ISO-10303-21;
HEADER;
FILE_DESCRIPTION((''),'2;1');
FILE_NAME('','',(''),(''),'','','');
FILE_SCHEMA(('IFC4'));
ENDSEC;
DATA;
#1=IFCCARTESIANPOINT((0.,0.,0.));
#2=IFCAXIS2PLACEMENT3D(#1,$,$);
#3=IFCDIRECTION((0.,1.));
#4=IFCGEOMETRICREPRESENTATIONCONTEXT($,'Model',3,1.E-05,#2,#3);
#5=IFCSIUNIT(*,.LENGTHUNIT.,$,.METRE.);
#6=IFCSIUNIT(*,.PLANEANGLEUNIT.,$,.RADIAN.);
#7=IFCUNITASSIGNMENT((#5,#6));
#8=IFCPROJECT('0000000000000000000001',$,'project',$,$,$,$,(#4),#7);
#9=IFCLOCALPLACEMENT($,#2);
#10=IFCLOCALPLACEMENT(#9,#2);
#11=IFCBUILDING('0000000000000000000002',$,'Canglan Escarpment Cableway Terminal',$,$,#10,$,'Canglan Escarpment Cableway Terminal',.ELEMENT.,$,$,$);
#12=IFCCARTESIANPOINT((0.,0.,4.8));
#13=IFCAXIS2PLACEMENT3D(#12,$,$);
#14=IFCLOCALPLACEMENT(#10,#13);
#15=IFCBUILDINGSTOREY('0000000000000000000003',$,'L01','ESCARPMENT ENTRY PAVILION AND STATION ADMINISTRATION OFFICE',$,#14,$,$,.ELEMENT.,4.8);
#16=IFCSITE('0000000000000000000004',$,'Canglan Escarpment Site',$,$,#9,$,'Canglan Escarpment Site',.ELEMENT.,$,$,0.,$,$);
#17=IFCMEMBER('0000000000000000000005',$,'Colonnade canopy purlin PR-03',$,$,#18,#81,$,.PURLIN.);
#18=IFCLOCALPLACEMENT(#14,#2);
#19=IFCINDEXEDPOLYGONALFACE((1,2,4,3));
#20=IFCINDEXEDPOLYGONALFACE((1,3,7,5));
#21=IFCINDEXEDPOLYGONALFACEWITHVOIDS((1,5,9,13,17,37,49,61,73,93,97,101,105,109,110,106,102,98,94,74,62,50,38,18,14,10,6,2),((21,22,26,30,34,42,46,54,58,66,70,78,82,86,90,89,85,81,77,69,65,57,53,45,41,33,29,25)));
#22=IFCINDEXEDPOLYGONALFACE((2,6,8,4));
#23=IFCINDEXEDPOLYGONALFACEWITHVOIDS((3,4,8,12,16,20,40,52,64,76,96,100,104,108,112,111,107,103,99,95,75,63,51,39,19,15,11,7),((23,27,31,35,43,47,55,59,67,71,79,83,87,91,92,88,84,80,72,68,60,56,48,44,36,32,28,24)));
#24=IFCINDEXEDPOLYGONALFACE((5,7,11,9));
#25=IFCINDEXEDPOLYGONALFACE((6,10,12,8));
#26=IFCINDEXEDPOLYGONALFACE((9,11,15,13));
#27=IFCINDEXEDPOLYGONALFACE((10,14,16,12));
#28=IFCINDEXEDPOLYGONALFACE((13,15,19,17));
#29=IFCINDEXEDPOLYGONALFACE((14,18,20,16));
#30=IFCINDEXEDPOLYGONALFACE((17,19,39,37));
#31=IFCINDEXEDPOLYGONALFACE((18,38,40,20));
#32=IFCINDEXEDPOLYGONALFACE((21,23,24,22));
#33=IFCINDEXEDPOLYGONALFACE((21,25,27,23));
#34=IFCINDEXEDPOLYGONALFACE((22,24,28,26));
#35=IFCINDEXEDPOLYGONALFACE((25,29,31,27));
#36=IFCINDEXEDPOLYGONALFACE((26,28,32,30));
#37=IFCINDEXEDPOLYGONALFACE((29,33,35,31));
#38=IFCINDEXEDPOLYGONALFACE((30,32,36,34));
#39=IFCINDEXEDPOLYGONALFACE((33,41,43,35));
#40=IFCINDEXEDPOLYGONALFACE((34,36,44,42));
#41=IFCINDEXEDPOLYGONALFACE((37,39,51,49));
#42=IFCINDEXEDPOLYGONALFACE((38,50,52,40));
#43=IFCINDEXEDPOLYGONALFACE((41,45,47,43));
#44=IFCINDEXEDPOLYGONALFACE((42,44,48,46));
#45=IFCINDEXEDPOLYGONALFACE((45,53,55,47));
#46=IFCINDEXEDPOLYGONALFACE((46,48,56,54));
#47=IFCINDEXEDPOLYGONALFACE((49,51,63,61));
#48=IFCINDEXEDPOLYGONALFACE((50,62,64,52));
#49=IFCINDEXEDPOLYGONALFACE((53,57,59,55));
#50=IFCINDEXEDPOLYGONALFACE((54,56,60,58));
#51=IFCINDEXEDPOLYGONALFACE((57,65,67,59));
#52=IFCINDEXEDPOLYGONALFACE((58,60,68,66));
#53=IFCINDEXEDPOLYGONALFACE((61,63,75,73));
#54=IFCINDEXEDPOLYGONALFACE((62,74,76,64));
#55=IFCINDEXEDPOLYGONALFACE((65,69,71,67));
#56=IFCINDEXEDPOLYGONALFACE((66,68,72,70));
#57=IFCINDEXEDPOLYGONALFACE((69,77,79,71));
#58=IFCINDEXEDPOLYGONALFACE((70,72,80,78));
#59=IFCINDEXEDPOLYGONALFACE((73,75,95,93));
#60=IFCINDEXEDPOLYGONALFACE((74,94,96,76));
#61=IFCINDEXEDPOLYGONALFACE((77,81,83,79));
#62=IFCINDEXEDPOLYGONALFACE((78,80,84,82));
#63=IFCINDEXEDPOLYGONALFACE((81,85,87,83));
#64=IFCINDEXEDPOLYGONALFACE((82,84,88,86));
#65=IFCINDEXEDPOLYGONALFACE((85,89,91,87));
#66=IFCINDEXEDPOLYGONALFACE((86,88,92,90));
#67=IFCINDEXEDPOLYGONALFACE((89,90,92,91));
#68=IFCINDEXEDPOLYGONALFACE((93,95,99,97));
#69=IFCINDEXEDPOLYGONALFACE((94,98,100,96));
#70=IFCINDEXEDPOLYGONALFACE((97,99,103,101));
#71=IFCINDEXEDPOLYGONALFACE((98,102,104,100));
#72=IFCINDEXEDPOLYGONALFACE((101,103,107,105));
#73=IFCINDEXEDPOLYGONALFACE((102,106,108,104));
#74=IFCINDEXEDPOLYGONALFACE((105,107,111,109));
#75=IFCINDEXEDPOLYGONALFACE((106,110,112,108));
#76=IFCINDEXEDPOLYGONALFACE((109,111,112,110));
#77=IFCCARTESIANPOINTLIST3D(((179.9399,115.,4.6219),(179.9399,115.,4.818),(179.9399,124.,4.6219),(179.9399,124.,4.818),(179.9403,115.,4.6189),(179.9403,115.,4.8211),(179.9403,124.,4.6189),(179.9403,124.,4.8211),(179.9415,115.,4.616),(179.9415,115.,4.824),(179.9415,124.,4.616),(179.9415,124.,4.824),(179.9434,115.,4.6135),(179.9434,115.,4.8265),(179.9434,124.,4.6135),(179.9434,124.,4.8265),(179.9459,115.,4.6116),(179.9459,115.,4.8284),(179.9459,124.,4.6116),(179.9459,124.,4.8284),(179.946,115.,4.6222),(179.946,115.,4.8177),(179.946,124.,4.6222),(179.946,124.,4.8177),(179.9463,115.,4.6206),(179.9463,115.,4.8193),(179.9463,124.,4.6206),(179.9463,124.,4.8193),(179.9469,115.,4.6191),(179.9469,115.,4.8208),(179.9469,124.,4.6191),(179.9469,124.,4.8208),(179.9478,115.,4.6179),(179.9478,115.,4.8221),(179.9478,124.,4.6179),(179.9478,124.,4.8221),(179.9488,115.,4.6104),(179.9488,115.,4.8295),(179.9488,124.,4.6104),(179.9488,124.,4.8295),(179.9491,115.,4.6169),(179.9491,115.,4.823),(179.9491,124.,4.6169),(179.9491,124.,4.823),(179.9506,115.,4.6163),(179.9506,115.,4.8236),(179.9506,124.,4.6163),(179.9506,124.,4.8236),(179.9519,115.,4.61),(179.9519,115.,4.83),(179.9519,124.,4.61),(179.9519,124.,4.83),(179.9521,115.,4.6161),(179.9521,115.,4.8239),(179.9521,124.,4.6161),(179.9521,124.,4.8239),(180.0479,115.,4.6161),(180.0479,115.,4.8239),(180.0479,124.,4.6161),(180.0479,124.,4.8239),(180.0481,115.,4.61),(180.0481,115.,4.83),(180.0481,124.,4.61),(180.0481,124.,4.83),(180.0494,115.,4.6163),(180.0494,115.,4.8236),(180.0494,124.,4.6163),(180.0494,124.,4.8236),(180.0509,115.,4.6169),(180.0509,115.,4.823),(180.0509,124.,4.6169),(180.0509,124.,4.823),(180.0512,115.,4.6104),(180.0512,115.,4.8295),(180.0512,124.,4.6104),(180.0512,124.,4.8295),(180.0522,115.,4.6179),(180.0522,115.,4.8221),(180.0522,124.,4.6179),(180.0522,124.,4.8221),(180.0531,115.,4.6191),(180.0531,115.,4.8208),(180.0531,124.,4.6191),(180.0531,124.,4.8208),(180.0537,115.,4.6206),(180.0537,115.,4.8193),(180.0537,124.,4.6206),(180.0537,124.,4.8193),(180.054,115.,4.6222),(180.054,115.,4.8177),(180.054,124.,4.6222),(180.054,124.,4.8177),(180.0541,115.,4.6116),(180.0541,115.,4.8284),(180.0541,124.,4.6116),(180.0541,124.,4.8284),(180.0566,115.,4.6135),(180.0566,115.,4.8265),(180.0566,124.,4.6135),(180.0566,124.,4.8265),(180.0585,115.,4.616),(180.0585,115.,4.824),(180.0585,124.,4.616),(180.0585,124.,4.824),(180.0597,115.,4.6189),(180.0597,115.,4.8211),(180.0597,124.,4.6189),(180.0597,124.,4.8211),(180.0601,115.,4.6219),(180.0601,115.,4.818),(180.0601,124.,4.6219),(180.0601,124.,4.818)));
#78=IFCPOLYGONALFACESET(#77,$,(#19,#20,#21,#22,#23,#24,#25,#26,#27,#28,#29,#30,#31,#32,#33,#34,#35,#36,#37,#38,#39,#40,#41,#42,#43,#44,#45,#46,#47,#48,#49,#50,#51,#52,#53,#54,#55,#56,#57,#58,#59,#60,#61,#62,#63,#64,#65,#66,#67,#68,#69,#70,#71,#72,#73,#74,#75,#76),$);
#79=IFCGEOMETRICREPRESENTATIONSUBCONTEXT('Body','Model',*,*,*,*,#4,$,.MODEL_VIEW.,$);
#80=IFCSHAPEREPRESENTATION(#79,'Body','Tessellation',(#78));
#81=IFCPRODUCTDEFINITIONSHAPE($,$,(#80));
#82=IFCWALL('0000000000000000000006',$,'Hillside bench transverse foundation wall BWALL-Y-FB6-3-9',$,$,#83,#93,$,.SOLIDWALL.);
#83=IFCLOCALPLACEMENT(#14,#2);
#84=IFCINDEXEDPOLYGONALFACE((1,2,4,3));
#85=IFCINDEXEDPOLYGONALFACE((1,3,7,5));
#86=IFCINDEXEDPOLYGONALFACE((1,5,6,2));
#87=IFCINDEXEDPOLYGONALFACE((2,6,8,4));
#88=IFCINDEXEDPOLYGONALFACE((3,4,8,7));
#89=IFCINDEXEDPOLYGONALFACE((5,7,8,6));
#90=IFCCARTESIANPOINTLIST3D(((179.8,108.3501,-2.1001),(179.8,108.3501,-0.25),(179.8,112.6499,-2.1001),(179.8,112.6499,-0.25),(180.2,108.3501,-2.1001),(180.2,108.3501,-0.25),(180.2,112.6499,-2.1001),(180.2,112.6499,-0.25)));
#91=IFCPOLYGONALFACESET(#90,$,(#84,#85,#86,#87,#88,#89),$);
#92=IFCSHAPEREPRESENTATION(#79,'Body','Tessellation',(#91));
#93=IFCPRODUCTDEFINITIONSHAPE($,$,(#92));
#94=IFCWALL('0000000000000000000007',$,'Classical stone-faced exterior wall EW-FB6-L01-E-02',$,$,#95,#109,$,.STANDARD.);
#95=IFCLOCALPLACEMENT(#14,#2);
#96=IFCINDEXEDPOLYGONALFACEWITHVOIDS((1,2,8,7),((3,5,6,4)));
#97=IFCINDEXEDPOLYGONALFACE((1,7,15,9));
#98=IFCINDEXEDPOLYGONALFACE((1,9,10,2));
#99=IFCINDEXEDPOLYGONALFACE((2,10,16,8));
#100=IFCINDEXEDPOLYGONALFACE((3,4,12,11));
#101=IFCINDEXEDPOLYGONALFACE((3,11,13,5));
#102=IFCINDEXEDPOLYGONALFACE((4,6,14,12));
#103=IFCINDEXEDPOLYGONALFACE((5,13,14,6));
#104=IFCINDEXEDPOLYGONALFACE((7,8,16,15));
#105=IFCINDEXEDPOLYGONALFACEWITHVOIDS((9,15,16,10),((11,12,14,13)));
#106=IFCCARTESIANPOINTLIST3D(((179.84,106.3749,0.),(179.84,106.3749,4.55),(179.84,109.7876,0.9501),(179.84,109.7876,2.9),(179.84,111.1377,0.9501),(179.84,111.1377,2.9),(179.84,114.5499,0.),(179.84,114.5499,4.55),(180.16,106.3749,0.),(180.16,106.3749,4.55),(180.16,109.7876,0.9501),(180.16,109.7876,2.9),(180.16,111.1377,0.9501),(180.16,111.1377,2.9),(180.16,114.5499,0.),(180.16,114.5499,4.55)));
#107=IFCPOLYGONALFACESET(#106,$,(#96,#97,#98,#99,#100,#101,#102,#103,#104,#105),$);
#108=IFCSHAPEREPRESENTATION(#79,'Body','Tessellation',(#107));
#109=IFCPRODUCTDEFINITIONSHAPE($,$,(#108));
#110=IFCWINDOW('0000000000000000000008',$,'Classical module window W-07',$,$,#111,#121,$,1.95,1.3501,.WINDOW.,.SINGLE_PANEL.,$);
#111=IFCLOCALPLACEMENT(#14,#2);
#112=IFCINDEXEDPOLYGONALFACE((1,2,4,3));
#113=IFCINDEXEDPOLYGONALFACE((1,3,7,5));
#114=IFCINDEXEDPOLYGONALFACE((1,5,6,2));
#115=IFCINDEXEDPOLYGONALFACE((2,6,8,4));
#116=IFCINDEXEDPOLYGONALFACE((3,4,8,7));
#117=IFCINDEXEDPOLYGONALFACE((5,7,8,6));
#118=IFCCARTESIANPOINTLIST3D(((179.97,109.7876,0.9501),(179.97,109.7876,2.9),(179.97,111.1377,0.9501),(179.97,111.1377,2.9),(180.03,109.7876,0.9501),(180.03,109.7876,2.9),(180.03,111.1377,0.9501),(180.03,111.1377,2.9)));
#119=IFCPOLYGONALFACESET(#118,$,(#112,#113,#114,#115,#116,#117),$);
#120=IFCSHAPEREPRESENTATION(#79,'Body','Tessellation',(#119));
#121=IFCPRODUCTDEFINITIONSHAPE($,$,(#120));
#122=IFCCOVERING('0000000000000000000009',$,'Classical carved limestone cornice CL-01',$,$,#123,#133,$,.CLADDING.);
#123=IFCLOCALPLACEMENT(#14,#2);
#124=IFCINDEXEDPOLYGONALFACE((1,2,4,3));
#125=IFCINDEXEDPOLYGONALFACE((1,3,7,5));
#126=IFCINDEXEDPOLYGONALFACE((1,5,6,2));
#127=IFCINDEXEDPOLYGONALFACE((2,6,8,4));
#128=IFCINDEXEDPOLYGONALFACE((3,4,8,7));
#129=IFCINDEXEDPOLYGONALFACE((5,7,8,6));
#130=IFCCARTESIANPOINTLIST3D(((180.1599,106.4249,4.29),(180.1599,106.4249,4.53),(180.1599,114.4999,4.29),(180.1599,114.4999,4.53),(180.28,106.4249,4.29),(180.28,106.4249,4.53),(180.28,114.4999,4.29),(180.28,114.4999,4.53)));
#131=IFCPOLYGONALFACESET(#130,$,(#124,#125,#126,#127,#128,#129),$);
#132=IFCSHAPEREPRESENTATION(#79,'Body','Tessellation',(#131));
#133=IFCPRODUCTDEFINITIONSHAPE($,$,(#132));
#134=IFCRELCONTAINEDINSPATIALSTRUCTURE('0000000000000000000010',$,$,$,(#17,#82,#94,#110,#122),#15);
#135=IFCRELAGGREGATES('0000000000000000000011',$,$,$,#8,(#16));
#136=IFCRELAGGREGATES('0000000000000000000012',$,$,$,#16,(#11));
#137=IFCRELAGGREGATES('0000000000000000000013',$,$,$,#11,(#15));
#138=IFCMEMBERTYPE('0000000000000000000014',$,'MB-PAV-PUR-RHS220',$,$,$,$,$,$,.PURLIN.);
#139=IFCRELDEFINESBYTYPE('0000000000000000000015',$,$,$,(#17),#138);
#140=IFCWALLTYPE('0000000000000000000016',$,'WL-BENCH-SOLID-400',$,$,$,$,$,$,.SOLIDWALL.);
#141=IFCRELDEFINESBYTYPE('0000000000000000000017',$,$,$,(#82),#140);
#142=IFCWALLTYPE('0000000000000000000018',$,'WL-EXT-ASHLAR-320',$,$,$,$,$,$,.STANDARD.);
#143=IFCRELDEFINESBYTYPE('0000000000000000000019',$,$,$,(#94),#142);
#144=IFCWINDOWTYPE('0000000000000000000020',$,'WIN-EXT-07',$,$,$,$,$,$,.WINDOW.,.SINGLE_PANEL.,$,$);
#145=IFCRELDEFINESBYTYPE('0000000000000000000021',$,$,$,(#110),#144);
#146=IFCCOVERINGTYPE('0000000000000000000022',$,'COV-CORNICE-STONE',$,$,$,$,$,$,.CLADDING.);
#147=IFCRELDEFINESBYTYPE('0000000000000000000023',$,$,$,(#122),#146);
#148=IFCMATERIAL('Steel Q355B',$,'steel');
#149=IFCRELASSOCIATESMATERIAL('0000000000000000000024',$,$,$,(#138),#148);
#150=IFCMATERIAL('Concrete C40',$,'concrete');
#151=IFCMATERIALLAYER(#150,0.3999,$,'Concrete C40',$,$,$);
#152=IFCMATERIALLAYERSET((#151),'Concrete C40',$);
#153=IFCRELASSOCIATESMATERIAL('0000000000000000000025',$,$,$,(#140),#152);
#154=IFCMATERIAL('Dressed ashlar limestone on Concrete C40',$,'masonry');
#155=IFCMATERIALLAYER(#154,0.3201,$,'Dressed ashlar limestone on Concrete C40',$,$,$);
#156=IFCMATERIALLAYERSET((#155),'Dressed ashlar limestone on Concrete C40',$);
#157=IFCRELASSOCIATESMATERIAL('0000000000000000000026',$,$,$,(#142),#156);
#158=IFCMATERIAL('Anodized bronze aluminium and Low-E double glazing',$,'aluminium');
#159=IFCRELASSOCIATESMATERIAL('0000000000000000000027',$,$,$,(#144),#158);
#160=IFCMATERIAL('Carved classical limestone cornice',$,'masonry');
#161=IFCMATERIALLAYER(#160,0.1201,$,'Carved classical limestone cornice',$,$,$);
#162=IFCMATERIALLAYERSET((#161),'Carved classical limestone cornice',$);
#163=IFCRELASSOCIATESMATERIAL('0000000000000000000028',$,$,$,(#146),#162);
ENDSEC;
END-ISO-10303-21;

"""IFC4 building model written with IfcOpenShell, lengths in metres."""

from ifc_helpers import new_model, si_unit, direction, frame, frame_2d, origin, origin_2d, place, context, subcontext, project, spatial, rectangle, hollow_rectangle, extrude, material, layer, layer_set, material_profile, profile_set, type_object, element, fill, save


model = new_model("IFC4")

# Units and contexts
model_context = context("Model", 3, precision=1e-05, world=origin(), true_north=direction((0.0, 1.0)))
body_context = subcontext(model_context, "Body", "Model", "MODEL_VIEW")
ifc_project = project(units=[si_unit("LENGTHUNIT", "METRE"), si_unit("PLANEANGLEUNIT", "RADIAN")], contexts=[model_context])

# Site, building, storey
site_placement = place(None, origin())
site = spatial("IfcSite", under=ifc_project, at=site_placement, Name="Canglan Escarpment Site", LongName="Canglan Escarpment Site", CompositionType="ELEMENT", RefElevation=0.0)
building_placement = place(site_placement, origin())
building = spatial("IfcBuilding", under=site, at=building_placement, Name="Canglan Escarpment Cableway Terminal", LongName="Canglan Escarpment Cableway Terminal", CompositionType="ELEMENT")
storey_placement = place(building_placement, frame((0.0, 0.0, 4.8)))
storey = spatial("IfcBuildingStorey", under=building, at=storey_placement, Name="L01", Description="ESCARPMENT ENTRY PAVILION AND STATION ADMINISTRATION OFFICE", CompositionType="ELEMENT", Elevation=4.8)

# Shared definitions
ifc_material_1 = material(Name="Concrete C40", Category="concrete")

# Shared definitions
ifc_material_2 = material(Name="Anodized bronze aluminium and Low-E double glazing", Category="aluminium")

# Member
ifc_material_3 = material(Name="Steel Q355B", Category="steel")
ifc_material_profile_1 = material_profile(ifc_material_3, hollow_rectangle(XDim=0.1201, YDim=0.22, WallThickness=0.0061, InnerFilletRadius=0.0061, OuterFilletRadius=0.012, at=origin_2d()), Name="RHS 220x120x6")
ifc_profile_set_1 = profile_set([ifc_material_profile_1], Name="Steel Q355B")
member_type_1 = type_object("IfcMemberType", Name="MB-PAV-PUR-RHS220", PredefinedType="PURLIN", material=ifc_profile_set_1)
for number, where, z_axis, x_axis, name in (
    (1, (180.0, 115.0, 4.72), (0.0, 1.0, 0.0), (-1.0, 0.0, 0.0), "Colonnade canopy purlin PR-03"),
):
    element("IfcMember", number, at=place(storey_placement, frame(where, z_axis=z_axis, x_axis=x_axis)), inside=storey, type_object=member_type_1, Name=name, PredefinedType="PURLIN", context=body_context, shape_type="SweptSolid", body=[
        extrude(hollow_rectangle(XDim=0.1201, YDim=0.22, WallThickness=0.0061, InnerFilletRadius=0.0061, OuterFilletRadius=0.012, at=origin_2d()), origin(), (0.0, 0.0, 1.0), 9.0),
    ])

# Wall
ifc_layer_1 = layer(ifc_material_1, 0.3999, Name="Concrete C40")
ifc_layer_set_1 = layer_set([ifc_layer_1], Name="Concrete C40")
wall_type_1 = type_object("IfcWallType", Name="WL-BENCH-SOLID-400", PredefinedType="SOLIDWALL", material=ifc_layer_set_1)
wall_1_placement = place(storey_placement, frame((180.0, 108.3501, -2.1001), z_axis=(0.0, 0.0, 1.0), x_axis=(0.0, 1.0, 0.0)))
element("IfcWall", 2, at=wall_1_placement, inside=storey, type_object=wall_type_1, Name="Hillside bench transverse foundation wall BWALL-Y-FB6-3-9", PredefinedType="SOLIDWALL", context=body_context, shape_type="SweptSolid", body=[
    extrude(rectangle(XDim=4.2998, YDim=0.3999, at=frame_2d((2.1499, 0.0))), origin(), (0.0, 0.0, 1.0), 1.8501),
])

# Wall, opening, window
ifc_material_4 = material(Name="Dressed ashlar limestone on Concrete C40", Category="masonry")
ifc_layer_2 = layer(ifc_material_4, 0.3201, Name="Dressed ashlar limestone on Concrete C40")
ifc_layer_set_2 = layer_set([ifc_layer_2], Name="Dressed ashlar limestone on Concrete C40")
wall_type_2 = type_object("IfcWallType", Name="WL-EXT-ASHLAR-320", PredefinedType="STANDARD", material=ifc_layer_set_2)
wall_2_placement = place(storey_placement, frame((180.0, 106.375, 0.0), z_axis=(0.0, 0.0, 1.0), x_axis=(0.0, 1.0, 0.0)))
wall_2 = element("IfcWall", 3, at=wall_2_placement, inside=storey, type_object=wall_type_2, Name="Classical stone-faced exterior wall EW-FB6-L01-E-02", PredefinedType="STANDARD", context=body_context, shape_type="SweptSolid", body=[
    extrude(rectangle(XDim=8.175, YDim=0.3201, at=frame_2d((4.0874, 0.0))), origin(), (0.0, 0.0, 1.0), 4.55),
])
opening_placement = place(wall_2_placement, frame((3.4126, 0.0, 0.95)))
opening = element("IfcOpeningElement", 4, at=opening_placement, cuts=wall_2, PredefinedType="OPENING", context=body_context, shape_type="SweptSolid", body=[
    extrude(rectangle(XDim=1.3501, YDim=1.95, at=frame_2d((0.675, 0.9751))), frame((0.0, 0.1699, 0.0), z_axis=(0.0, -1.0, 0.0), x_axis=(1.0, 0.0, 0.0)), (0.0, 0.0, 1.0), 0.3401),
])
window_type = type_object("IfcWindowType", Name="WIN-EXT-07", PartitioningType="SINGLE_PANEL", PredefinedType="WINDOW", material=ifc_material_2)
window_placement = place(opening_placement, origin())
window = element("IfcWindow", 5, at=window_placement, inside=storey, type_object=window_type, Name="Classical module window W-07", OverallHeight=1.95, OverallWidth=1.3501, PartitioningType="SINGLE_PANEL", PredefinedType="WINDOW", context=body_context, shape_type="SweptSolid", body=[
    extrude(rectangle(XDim=1.3501, YDim=1.95, at=frame_2d((0.675, 0.9751))), frame((0.0, 0.03, 0.0), z_axis=(0.0, -1.0, 0.0), x_axis=(1.0, 0.0, 0.0)), (0.0, 0.0, 1.0), 0.0601),
])
fill(opening, window)

# Covering
ifc_material_5 = material(Name="Carved classical limestone cornice", Category="masonry")
ifc_layer_3 = layer(ifc_material_5, 0.1201, Name="Carved classical limestone cornice")
ifc_layer_set_3 = layer_set([ifc_layer_3], Name="Carved classical limestone cornice")
covering_type = type_object("IfcCoveringType", Name="COV-CORNICE-STONE", PredefinedType="CLADDING", material=ifc_layer_set_3)
covering_placement = place(storey_placement, frame((180.22, 110.4624, 4.29), z_axis=(0.0, 0.0, 1.0), x_axis=(0.0, 1.0, 0.0)))
element("IfcCovering", 6, at=covering_placement, inside=storey, type_object=covering_type, Name="Classical carved limestone cornice CL-01", PredefinedType="CLADDING", context=body_context, shape_type="SweptSolid", body=[
    extrude(rectangle(XDim=8.075, YDim=0.1201, at=origin_2d()), origin(), (0.0, 0.0, 1.0), 0.24),
])

save(model, "model.ifc")
